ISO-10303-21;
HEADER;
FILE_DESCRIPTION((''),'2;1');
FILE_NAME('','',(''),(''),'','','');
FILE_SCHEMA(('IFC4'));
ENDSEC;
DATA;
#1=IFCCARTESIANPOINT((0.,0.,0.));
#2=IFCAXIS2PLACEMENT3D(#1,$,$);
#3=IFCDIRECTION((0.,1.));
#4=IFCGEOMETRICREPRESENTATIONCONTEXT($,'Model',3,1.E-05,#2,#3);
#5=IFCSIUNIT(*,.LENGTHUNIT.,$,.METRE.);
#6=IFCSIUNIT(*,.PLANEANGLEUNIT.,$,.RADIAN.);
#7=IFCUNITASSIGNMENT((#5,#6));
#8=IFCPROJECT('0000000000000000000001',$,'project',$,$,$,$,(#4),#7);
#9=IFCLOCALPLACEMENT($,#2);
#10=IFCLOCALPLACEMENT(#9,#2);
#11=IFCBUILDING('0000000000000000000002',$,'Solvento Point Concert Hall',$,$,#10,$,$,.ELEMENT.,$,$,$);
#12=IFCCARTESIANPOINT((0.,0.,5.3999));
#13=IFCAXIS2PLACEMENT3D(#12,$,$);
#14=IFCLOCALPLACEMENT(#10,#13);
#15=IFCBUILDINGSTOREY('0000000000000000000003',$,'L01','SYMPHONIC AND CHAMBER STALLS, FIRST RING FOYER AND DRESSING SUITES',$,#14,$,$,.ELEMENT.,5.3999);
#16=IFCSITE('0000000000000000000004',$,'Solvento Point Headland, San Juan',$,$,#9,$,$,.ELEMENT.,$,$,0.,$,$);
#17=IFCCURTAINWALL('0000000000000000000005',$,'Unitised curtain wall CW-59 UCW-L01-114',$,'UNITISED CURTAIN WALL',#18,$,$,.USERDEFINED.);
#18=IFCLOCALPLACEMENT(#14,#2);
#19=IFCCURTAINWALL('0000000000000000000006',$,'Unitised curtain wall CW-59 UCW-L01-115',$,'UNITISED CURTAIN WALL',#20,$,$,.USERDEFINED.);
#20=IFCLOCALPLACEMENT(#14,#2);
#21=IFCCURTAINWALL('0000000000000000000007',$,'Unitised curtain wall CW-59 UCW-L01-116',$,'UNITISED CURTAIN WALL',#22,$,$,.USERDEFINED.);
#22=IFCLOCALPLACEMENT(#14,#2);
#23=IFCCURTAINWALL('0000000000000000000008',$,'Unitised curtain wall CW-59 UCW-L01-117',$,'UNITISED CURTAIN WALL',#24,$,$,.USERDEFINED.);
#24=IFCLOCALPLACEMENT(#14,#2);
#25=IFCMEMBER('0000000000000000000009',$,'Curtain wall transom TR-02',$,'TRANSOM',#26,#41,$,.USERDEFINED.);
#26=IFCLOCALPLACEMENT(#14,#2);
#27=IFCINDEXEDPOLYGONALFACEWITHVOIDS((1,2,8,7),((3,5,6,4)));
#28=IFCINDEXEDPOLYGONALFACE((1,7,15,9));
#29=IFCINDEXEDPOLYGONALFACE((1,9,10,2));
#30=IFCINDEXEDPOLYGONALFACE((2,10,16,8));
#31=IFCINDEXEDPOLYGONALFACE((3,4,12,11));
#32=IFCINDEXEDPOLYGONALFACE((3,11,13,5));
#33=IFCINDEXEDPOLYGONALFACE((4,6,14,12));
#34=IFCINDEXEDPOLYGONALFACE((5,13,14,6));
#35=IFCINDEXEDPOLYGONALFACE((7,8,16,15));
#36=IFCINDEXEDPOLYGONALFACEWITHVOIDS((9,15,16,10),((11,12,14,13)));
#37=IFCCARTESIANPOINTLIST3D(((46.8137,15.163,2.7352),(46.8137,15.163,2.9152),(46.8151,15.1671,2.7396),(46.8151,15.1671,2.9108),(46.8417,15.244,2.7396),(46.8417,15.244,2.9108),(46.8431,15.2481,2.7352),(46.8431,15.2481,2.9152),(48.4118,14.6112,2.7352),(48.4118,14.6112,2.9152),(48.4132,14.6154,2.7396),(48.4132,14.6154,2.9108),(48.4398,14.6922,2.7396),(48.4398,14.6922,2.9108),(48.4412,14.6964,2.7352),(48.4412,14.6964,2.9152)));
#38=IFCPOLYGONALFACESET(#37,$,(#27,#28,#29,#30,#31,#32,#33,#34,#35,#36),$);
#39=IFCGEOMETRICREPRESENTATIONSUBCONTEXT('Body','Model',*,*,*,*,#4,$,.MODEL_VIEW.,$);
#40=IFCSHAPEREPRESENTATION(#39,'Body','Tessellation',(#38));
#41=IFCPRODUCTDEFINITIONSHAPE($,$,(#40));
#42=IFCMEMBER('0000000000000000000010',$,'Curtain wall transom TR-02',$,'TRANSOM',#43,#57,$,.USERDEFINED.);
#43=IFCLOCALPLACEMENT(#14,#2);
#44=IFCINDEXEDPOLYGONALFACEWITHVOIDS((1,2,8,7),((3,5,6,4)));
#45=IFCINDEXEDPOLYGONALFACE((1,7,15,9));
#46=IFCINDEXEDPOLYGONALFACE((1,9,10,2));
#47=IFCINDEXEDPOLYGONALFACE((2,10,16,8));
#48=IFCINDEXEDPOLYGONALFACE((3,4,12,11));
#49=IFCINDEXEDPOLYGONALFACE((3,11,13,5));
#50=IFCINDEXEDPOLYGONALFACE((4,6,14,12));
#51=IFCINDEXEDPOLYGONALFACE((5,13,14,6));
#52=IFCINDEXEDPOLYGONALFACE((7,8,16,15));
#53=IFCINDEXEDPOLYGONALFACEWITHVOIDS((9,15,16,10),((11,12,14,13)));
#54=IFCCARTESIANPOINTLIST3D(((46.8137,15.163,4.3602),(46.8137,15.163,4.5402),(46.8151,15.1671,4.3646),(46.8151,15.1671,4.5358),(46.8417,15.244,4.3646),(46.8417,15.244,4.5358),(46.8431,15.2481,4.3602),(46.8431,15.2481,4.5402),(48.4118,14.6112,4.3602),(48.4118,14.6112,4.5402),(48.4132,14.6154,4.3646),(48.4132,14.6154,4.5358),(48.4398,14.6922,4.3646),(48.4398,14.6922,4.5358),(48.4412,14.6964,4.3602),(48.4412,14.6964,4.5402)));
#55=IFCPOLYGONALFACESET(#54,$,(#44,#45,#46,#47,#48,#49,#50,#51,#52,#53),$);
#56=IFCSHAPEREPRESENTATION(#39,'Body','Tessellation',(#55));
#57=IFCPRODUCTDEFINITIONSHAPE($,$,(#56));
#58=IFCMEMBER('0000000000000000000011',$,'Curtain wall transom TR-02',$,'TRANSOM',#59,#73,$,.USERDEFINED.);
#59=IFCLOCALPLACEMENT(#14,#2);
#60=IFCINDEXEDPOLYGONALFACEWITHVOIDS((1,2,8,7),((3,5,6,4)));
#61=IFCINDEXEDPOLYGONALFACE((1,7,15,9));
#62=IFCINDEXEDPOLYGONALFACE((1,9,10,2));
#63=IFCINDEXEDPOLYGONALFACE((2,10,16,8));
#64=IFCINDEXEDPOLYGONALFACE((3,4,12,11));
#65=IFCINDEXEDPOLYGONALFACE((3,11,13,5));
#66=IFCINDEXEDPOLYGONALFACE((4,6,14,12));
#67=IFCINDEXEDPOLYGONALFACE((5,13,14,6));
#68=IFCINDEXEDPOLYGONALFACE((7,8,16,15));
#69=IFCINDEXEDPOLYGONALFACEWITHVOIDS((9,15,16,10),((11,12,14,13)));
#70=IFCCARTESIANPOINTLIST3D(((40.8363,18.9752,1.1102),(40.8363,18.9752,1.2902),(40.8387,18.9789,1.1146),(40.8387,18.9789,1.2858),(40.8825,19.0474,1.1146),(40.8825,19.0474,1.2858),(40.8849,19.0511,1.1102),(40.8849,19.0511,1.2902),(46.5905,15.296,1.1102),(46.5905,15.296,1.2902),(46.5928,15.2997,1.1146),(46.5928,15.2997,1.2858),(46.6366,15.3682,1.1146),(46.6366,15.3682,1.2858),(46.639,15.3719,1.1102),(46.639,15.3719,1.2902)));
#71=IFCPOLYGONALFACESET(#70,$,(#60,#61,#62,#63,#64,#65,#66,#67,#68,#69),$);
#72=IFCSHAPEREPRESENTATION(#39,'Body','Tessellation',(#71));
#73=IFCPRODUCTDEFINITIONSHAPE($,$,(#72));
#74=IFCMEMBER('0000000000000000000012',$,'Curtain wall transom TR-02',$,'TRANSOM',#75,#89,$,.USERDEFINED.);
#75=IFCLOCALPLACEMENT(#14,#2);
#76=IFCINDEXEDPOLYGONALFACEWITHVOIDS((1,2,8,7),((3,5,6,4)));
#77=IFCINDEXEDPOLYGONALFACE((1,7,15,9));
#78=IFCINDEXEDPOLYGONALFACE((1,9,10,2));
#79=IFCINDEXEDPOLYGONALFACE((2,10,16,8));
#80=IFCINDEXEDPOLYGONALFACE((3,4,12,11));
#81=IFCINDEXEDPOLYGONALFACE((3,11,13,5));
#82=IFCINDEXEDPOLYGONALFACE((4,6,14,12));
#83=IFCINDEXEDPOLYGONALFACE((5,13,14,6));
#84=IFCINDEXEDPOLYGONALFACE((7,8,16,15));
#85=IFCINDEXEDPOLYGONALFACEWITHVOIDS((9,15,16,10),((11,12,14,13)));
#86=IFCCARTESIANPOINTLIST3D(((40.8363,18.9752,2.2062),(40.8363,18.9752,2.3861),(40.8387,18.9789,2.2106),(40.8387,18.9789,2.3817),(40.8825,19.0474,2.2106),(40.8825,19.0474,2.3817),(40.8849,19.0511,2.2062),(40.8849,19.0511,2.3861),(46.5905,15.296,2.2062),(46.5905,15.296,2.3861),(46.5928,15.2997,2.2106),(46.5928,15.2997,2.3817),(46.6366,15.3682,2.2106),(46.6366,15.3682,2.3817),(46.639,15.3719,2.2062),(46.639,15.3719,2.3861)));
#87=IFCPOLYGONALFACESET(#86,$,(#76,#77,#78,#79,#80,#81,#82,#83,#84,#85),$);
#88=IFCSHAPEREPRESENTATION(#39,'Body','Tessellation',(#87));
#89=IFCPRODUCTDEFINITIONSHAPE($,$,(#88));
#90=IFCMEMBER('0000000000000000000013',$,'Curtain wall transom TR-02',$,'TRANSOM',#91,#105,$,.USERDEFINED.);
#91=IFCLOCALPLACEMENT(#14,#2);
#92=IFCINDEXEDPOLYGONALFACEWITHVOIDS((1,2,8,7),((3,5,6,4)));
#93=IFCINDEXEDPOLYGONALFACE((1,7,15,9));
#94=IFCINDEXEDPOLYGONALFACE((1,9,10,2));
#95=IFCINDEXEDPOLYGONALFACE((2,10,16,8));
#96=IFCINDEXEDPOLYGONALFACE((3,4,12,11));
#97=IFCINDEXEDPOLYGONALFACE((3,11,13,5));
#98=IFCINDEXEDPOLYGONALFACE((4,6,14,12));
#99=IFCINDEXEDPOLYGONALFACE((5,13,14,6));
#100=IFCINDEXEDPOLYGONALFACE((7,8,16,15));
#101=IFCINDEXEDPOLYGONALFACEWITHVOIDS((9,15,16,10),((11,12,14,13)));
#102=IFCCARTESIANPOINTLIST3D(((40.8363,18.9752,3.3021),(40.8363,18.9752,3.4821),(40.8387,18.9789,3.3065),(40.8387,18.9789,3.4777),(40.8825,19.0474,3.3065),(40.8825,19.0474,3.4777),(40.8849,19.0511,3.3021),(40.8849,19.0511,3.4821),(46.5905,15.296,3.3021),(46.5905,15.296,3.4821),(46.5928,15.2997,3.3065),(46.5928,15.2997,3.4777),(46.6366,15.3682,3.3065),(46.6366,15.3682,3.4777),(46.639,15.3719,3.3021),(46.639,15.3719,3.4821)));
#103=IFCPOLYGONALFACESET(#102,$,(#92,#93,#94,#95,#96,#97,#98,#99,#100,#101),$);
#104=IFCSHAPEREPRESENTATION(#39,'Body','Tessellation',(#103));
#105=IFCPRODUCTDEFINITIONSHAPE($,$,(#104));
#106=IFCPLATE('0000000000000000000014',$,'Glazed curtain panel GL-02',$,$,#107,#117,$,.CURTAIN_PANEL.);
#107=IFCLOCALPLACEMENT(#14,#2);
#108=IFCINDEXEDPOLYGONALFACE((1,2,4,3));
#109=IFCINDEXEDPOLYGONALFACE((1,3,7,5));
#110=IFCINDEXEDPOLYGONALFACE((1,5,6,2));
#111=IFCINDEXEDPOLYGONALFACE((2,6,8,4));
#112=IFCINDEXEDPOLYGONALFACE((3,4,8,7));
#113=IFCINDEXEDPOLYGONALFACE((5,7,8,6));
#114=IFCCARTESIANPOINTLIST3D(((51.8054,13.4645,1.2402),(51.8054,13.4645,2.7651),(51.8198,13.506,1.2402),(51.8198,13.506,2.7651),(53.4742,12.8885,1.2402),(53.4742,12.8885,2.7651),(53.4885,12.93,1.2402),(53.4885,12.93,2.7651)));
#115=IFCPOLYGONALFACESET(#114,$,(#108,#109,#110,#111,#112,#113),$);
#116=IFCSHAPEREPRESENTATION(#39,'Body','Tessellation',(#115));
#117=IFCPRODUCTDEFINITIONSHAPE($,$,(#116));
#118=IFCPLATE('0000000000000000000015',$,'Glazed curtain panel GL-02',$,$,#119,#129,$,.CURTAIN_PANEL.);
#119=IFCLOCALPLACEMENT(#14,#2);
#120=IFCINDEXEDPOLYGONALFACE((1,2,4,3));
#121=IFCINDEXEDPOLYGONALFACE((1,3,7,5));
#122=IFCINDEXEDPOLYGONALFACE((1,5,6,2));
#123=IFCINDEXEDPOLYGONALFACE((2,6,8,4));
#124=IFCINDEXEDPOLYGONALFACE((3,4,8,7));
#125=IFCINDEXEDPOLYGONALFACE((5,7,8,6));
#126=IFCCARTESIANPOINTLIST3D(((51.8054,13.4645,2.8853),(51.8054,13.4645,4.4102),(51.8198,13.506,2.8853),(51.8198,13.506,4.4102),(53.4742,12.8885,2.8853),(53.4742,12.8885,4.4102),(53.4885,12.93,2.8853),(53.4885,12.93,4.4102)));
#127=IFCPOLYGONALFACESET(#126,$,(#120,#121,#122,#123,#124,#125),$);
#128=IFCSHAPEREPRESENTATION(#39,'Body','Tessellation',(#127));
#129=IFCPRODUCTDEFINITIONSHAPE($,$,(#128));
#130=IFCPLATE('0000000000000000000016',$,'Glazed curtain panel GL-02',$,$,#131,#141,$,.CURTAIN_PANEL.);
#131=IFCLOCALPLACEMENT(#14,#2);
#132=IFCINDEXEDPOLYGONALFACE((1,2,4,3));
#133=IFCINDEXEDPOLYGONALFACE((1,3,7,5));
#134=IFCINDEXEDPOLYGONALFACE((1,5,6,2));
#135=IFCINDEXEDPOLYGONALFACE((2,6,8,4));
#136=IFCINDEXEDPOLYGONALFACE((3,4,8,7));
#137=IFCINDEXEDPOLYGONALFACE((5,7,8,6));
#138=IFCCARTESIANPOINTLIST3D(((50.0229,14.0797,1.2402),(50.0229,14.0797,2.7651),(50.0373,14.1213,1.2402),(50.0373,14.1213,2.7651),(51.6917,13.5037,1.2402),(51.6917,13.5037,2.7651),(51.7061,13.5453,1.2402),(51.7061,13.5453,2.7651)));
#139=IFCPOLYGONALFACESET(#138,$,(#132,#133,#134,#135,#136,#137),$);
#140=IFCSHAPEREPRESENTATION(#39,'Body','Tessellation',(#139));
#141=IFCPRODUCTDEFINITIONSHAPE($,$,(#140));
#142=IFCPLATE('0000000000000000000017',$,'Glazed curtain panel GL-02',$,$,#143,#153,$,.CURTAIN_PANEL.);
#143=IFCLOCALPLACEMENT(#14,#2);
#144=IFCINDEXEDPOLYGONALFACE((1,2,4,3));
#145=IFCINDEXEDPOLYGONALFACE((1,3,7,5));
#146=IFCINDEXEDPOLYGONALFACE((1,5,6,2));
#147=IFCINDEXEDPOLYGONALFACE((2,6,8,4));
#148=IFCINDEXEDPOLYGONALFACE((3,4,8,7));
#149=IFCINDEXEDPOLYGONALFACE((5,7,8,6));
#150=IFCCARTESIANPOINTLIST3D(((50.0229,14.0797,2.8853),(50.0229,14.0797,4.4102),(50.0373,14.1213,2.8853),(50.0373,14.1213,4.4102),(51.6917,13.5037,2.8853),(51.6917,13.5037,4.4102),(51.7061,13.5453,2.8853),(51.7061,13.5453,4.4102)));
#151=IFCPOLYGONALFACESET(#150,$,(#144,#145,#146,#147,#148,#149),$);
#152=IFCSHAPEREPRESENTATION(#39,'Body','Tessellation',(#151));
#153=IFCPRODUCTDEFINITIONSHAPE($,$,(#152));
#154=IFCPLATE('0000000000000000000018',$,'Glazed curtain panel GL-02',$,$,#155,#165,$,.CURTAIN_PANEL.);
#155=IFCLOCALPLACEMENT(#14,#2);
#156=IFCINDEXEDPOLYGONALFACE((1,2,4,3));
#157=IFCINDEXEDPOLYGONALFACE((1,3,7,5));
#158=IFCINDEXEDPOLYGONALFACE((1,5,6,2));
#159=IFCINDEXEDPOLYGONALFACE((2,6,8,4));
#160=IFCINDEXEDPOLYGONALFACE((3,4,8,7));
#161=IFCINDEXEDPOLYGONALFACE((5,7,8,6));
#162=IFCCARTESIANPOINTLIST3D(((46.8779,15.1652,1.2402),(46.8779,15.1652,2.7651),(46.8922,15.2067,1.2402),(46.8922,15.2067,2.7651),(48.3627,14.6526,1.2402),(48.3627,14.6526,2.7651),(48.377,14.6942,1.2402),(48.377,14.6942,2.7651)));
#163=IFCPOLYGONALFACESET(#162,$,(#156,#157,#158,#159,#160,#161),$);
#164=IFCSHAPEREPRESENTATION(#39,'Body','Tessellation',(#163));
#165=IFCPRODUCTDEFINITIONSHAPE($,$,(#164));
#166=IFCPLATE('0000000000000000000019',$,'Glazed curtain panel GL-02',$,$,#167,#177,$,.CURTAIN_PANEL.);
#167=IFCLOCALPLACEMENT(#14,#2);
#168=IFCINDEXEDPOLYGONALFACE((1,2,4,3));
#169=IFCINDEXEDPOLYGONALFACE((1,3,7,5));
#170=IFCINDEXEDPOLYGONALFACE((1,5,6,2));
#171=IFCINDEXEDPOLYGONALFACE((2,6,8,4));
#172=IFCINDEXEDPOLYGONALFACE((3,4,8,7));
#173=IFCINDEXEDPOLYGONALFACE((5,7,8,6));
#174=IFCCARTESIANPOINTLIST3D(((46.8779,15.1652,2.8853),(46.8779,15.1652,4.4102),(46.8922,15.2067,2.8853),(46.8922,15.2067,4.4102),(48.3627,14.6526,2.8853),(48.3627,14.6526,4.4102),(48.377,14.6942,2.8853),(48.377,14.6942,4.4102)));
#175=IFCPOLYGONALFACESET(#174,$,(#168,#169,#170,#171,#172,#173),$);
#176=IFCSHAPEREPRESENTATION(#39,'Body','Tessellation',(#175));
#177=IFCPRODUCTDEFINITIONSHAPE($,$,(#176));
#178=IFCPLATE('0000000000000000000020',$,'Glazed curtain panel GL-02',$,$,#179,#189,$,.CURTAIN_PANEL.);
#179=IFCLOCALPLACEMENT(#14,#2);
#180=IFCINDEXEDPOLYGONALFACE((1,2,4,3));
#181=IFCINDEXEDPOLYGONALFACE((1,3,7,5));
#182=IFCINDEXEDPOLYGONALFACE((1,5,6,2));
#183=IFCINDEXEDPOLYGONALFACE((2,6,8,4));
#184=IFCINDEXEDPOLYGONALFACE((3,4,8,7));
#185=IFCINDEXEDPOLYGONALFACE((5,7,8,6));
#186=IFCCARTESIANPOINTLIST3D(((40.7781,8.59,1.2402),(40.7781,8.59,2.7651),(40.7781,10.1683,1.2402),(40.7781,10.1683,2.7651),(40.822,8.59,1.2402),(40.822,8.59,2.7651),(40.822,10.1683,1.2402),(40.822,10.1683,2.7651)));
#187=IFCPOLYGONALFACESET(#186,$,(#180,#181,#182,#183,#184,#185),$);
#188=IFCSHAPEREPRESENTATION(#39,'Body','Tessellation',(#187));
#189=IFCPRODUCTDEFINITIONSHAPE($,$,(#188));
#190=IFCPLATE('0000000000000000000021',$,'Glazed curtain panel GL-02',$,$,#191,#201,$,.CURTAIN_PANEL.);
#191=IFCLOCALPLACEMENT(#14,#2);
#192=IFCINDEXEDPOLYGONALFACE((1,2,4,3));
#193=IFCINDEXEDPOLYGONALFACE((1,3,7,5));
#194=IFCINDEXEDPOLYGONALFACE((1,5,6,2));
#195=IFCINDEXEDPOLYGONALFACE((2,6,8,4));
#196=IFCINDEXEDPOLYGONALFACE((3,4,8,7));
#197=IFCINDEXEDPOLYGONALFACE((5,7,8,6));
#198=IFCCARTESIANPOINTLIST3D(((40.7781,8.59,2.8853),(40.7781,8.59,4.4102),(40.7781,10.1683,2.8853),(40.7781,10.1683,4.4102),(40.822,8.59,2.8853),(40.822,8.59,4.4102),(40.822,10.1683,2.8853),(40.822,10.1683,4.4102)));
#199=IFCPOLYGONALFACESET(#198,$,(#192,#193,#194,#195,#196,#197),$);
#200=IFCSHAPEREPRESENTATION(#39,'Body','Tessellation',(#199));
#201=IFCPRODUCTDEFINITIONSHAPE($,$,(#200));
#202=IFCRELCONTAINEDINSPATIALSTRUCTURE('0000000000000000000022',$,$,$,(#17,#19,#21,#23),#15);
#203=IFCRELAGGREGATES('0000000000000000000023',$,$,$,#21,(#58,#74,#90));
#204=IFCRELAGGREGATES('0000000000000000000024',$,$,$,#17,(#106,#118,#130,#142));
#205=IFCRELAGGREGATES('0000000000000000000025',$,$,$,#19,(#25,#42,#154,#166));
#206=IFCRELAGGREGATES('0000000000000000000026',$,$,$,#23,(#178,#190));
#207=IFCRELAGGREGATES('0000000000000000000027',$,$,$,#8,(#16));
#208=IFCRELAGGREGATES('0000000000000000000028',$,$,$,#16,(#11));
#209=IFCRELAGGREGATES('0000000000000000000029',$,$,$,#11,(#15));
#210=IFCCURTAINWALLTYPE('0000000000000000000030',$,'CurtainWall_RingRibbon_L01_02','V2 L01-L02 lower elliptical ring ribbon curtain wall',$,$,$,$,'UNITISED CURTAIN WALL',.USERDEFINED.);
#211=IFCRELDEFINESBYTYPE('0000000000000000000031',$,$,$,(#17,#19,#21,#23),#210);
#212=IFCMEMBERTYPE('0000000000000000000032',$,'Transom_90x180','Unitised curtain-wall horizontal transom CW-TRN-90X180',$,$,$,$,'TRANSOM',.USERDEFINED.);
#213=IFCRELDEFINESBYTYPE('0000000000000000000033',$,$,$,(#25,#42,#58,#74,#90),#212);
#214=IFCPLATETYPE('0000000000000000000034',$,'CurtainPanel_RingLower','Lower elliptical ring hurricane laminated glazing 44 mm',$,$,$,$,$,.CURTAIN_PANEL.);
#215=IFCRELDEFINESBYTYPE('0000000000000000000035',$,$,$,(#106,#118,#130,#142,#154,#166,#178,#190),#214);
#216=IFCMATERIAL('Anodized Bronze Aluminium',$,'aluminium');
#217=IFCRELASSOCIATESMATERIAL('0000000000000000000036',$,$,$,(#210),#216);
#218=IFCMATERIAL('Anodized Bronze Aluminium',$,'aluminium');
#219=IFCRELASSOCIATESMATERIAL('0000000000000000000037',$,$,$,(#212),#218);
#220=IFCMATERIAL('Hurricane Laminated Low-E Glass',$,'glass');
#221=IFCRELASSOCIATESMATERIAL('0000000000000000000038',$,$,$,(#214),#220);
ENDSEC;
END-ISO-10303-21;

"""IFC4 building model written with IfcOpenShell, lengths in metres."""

from ifc_helpers import new_model, si_unit, direction, frame, origin, origin_2d, place, context, subcontext, project, spatial, rectangle, hollow_rectangle, extrude, material, material_profile, profile_set, type_object, element, aggregate, save


model = new_model("IFC4")

# Units and contexts
model_context = context("Model", 3, precision=1e-05, world=origin(), true_north=direction((0.0, 1.0)))
body_context = subcontext(model_context, "Body", "Model", "MODEL_VIEW")
ifc_project = project(units=[si_unit("LENGTHUNIT", "METRE"), si_unit("PLANEANGLEUNIT", "RADIAN")], contexts=[model_context])

# Site, building, storey
site_placement = place(None, origin())
site = spatial("IfcSite", under=ifc_project, at=site_placement, Name="Solvento Point Headland, San Juan", CompositionType="ELEMENT", RefElevation=0.0)
building_placement = place(site_placement, origin())
building = spatial("IfcBuilding", under=site, at=building_placement, Name="Solvento Point Concert Hall", CompositionType="ELEMENT")
storey_placement = place(building_placement, frame((0.0, 0.0, 5.3999)))
storey = spatial("IfcBuildingStorey", under=building, at=storey_placement, Name="L01", Description="SYMPHONIC AND CHAMBER STALLS, FIRST RING FOYER AND DRESSING SUITES", CompositionType="ELEMENT", Elevation=5.3999)

# Curtain walls
ifc_material_1 = material(Name="Anodized Bronze Aluminium", Category="aluminium")
curtain_wall_type = type_object("IfcCurtainWallType", Name="CurtainWall_RingRibbon_L01_02", Description="V2 L01-L02 lower elliptical ring ribbon curtain wall", ElementType="UNITISED CURTAIN WALL", PredefinedType="USERDEFINED", material=ifc_material_1)
curtain_wall_1_placement = place(storey_placement, origin())
curtain_wall_1 = element("IfcCurtainWall", 1, at=curtain_wall_1_placement, inside=storey, type_object=curtain_wall_type, Name="Unitised curtain wall CW-59 UCW-L01-114", ObjectType="UNITISED CURTAIN WALL", PredefinedType="USERDEFINED")
curtain_wall_2_placement = place(storey_placement, origin())
curtain_wall_2 = element("IfcCurtainWall", 2, at=curtain_wall_2_placement, inside=storey, type_object=curtain_wall_type, Name="Unitised curtain wall CW-59 UCW-L01-115", ObjectType="UNITISED CURTAIN WALL", PredefinedType="USERDEFINED")

# Curtain wall
curtain_wall_3_placement = place(storey_placement, origin())
curtain_wall_3 = element("IfcCurtainWall", 3, at=curtain_wall_3_placement, inside=storey, type_object=curtain_wall_type, Name="Unitised curtain wall CW-59 UCW-L01-116", ObjectType="UNITISED CURTAIN WALL", PredefinedType="USERDEFINED")

# Curtain wall
curtain_wall_4_placement = place(storey_placement, origin())
curtain_wall_4 = element("IfcCurtainWall", 4, at=curtain_wall_4_placement, inside=storey, type_object=curtain_wall_type, Name="Unitised curtain wall CW-59 UCW-L01-117", ObjectType="UNITISED CURTAIN WALL", PredefinedType="USERDEFINED")

# Members
ifc_material_2 = material(Name="Anodized Bronze Aluminium", Category="aluminium")
ifc_material_profile_1 = material_profile(ifc_material_2, hollow_rectangle(XDim=0.0901, YDim=0.1799, WallThickness=0.0044, at=origin_2d()), Name="CW-TRN-90X180")
ifc_profile_set_1 = profile_set([ifc_material_profile_1], Name="Anodized Bronze Aluminium")
member_type_1 = type_object("IfcMemberType", Name="Transom_90x180", Description="Unitised curtain-wall horizontal transom CW-TRN-90X180", ElementType="TRANSOM", PredefinedType="USERDEFINED", material=ifc_profile_set_1)
member_1_placement = place(storey_placement, frame((48.4265, 14.6538, 2.8252), z_axis=(-0.94525, 0.326347, 0.0), x_axis=(-0.326347, -0.94525, 0.0)))
member_1 = element("IfcMember", 5, at=member_1_placement, type_object=member_type_1, Name="Curtain wall transom TR-02", ObjectType="TRANSOM", PredefinedType="USERDEFINED", context=body_context, shape_type="SweptSolid", body=[
    extrude(hollow_rectangle(XDim=0.0901, YDim=0.1799, WallThickness=0.0044, at=origin_2d()), origin(), (0.0, 0.0, 1.0), 1.6907),
])
member_2_placement = place(storey_placement, frame((48.4265, 14.6538, 4.4502), z_axis=(-0.94525, 0.326347, 0.0), x_axis=(-0.326347, -0.94525, 0.0)))
member_2 = element("IfcMember", 6, at=member_2_placement, type_object=member_type_1, Name="Curtain wall transom TR-02", ObjectType="TRANSOM", PredefinedType="USERDEFINED", context=body_context, shape_type="SweptSolid", body=[
    extrude(hollow_rectangle(XDim=0.0901, YDim=0.1799, WallThickness=0.0044, at=origin_2d()), origin(), (0.0, 0.0, 1.0), 1.6907),
])
member_3_placement = place(storey_placement, frame((46.6147, 15.334, 1.2002), z_axis=(-0.842501, 0.538695, 0.0), x_axis=(-0.538695, -0.842501, 0.0)))
member_3 = element("IfcMember", 7, at=member_3_placement, type_object=member_type_1, Name="Curtain wall transom TR-02", ObjectType="TRANSOM", PredefinedType="USERDEFINED", context=body_context, shape_type="SweptSolid", body=[
    extrude(hollow_rectangle(XDim=0.0901, YDim=0.1799, WallThickness=0.0044, at=origin_2d()), origin(), (0.0, 0.0, 1.0), 6.8298),
])
member_4_placement = place(storey_placement, frame((46.6147, 15.334, 2.2961), z_axis=(-0.842501, 0.538695, 0.0), x_axis=(-0.538695, -0.842501, 0.0)))
member_4 = element("IfcMember", 8, at=member_4_placement, type_object=member_type_1, Name="Curtain wall transom TR-02", ObjectType="TRANSOM", PredefinedType="USERDEFINED", context=body_context, shape_type="SweptSolid", body=[
    extrude(hollow_rectangle(XDim=0.0901, YDim=0.1799, WallThickness=0.0044, at=origin_2d()), origin(), (0.0, 0.0, 1.0), 6.8298),
])
member_5_placement = place(storey_placement, frame((46.6147, 15.334, 3.3921), z_axis=(-0.842501, 0.538695, 0.0), x_axis=(-0.538695, -0.842501, 0.0)))
member_5 = element("IfcMember", 9, at=member_5_placement, type_object=member_type_1, Name="Curtain wall transom TR-02", ObjectType="TRANSOM", PredefinedType="USERDEFINED", context=body_context, shape_type="SweptSolid", body=[
    extrude(hollow_rectangle(XDim=0.0901, YDim=0.1799, WallThickness=0.0044, at=origin_2d()), origin(), (0.0, 0.0, 1.0), 6.8298),
])
aggregate(curtain_wall_3, [member_3, member_4, member_5])

# Plates
ifc_material_3 = material(Name="Hurricane Laminated Low-E Glass", Category="glass")
plate_type = type_object("IfcPlateType", Name="CurtainPanel_RingLower", Description="Lower elliptical ring hurricane laminated glazing 44 mm", PredefinedType="CURTAIN_PANEL", material=ifc_material_3)
plate_1_placement = place(storey_placement, frame((52.647, 13.1973, 1.2402), z_axis=(0.0, 0.0, 1.0), x_axis=(-0.945272, 0.326283, 0.0)))
plate_1 = element("IfcPlate", 10, at=plate_1_placement, type_object=plate_type, Name="Glazed curtain panel GL-02", PredefinedType="CURTAIN_PANEL", context=body_context, shape_type="SweptSolid", body=[
    extrude(rectangle(XDim=1.7654, YDim=0.0439, at=origin_2d()), origin(), (0.0, 0.0, 1.0), 1.5249),
])
plate_2_placement = place(storey_placement, frame((52.647, 13.1973, 2.8853), z_axis=(0.0, 0.0, 1.0), x_axis=(-0.945272, 0.326283, 0.0)))
plate_2 = element("IfcPlate", 11, at=plate_2_placement, type_object=plate_type, Name="Glazed curtain panel GL-02", PredefinedType="CURTAIN_PANEL", context=body_context, shape_type="SweptSolid", body=[
    extrude(rectangle(XDim=1.7654, YDim=0.0439, at=origin_2d()), origin(), (0.0, 0.0, 1.0), 1.5249),
])
plate_3_placement = place(storey_placement, frame((50.8645, 13.8125, 1.2402), z_axis=(0.0, 0.0, 1.0), x_axis=(-0.945272, 0.326283, 0.0)))
plate_3 = element("IfcPlate", 12, at=plate_3_placement, type_object=plate_type, Name="Glazed curtain panel GL-02", PredefinedType="CURTAIN_PANEL", context=body_context, shape_type="SweptSolid", body=[
    extrude(rectangle(XDim=1.7654, YDim=0.0439, at=origin_2d()), origin(), (0.0, 0.0, 1.0), 1.5249),
])
plate_4_placement = place(storey_placement, frame((50.8645, 13.8125, 2.8853), z_axis=(0.0, 0.0, 1.0), x_axis=(-0.945272, 0.326283, 0.0)))
plate_4 = element("IfcPlate", 13, at=plate_4_placement, type_object=plate_type, Name="Glazed curtain panel GL-02", PredefinedType="CURTAIN_PANEL", context=body_context, shape_type="SweptSolid", body=[
    extrude(rectangle(XDim=1.7654, YDim=0.0439, at=origin_2d()), origin(), (0.0, 0.0, 1.0), 1.5249),
])
aggregate(curtain_wall_1, [plate_1, plate_2, plate_3, plate_4])
plate_5_placement = place(storey_placement, frame((47.6274, 14.9297, 1.2402), z_axis=(0.0, 0.0, 1.0), x_axis=(-0.945265, 0.326302, 0.0)))
plate_5 = element("IfcPlate", 14, at=plate_5_placement, type_object=plate_type, Name="Glazed curtain panel GL-02", PredefinedType="CURTAIN_PANEL", context=body_context, shape_type="SweptSolid", body=[
    extrude(rectangle(XDim=1.5708, YDim=0.0439, at=origin_2d()), origin(), (0.0, 0.0, 1.0), 1.5249),
])
plate_6_placement = place(storey_placement, frame((47.6274, 14.9297, 2.8853), z_axis=(0.0, 0.0, 1.0), x_axis=(-0.945265, 0.326302, 0.0)))
plate_6 = element("IfcPlate", 15, at=plate_6_placement, type_object=plate_type, Name="Glazed curtain panel GL-02", PredefinedType="CURTAIN_PANEL", context=body_context, shape_type="SweptSolid", body=[
    extrude(rectangle(XDim=1.5708, YDim=0.0439, at=origin_2d()), origin(), (0.0, 0.0, 1.0), 1.5249),
])
aggregate(curtain_wall_2, [member_1, member_2, plate_5, plate_6])
plate_7_placement = place(storey_placement, frame((40.8, 9.3792, 1.2402), z_axis=(0.0, 0.0, 1.0), x_axis=(0.0, 1.0, 0.0)))
plate_7 = element("IfcPlate", 16, at=plate_7_placement, type_object=plate_type, Name="Glazed curtain panel GL-02", PredefinedType="CURTAIN_PANEL", context=body_context, shape_type="SweptSolid", body=[
    extrude(rectangle(XDim=1.5784, YDim=0.0439, at=origin_2d()), origin(), (0.0, 0.0, 1.0), 1.5249),
])
plate_8_placement = place(storey_placement, frame((40.8, 9.3792, 2.8853), z_axis=(0.0, 0.0, 1.0), x_axis=(0.0, 1.0, 0.0)))
plate_8 = element("IfcPlate", 17, at=plate_8_placement, type_object=plate_type, Name="Glazed curtain panel GL-02", PredefinedType="CURTAIN_PANEL", context=body_context, shape_type="SweptSolid", body=[
    extrude(rectangle(XDim=1.5784, YDim=0.0439, at=origin_2d()), origin(), (0.0, 0.0, 1.0), 1.5249),
])
aggregate(curtain_wall_4, [plate_7, plate_8])

save(model, "model.ifc")
